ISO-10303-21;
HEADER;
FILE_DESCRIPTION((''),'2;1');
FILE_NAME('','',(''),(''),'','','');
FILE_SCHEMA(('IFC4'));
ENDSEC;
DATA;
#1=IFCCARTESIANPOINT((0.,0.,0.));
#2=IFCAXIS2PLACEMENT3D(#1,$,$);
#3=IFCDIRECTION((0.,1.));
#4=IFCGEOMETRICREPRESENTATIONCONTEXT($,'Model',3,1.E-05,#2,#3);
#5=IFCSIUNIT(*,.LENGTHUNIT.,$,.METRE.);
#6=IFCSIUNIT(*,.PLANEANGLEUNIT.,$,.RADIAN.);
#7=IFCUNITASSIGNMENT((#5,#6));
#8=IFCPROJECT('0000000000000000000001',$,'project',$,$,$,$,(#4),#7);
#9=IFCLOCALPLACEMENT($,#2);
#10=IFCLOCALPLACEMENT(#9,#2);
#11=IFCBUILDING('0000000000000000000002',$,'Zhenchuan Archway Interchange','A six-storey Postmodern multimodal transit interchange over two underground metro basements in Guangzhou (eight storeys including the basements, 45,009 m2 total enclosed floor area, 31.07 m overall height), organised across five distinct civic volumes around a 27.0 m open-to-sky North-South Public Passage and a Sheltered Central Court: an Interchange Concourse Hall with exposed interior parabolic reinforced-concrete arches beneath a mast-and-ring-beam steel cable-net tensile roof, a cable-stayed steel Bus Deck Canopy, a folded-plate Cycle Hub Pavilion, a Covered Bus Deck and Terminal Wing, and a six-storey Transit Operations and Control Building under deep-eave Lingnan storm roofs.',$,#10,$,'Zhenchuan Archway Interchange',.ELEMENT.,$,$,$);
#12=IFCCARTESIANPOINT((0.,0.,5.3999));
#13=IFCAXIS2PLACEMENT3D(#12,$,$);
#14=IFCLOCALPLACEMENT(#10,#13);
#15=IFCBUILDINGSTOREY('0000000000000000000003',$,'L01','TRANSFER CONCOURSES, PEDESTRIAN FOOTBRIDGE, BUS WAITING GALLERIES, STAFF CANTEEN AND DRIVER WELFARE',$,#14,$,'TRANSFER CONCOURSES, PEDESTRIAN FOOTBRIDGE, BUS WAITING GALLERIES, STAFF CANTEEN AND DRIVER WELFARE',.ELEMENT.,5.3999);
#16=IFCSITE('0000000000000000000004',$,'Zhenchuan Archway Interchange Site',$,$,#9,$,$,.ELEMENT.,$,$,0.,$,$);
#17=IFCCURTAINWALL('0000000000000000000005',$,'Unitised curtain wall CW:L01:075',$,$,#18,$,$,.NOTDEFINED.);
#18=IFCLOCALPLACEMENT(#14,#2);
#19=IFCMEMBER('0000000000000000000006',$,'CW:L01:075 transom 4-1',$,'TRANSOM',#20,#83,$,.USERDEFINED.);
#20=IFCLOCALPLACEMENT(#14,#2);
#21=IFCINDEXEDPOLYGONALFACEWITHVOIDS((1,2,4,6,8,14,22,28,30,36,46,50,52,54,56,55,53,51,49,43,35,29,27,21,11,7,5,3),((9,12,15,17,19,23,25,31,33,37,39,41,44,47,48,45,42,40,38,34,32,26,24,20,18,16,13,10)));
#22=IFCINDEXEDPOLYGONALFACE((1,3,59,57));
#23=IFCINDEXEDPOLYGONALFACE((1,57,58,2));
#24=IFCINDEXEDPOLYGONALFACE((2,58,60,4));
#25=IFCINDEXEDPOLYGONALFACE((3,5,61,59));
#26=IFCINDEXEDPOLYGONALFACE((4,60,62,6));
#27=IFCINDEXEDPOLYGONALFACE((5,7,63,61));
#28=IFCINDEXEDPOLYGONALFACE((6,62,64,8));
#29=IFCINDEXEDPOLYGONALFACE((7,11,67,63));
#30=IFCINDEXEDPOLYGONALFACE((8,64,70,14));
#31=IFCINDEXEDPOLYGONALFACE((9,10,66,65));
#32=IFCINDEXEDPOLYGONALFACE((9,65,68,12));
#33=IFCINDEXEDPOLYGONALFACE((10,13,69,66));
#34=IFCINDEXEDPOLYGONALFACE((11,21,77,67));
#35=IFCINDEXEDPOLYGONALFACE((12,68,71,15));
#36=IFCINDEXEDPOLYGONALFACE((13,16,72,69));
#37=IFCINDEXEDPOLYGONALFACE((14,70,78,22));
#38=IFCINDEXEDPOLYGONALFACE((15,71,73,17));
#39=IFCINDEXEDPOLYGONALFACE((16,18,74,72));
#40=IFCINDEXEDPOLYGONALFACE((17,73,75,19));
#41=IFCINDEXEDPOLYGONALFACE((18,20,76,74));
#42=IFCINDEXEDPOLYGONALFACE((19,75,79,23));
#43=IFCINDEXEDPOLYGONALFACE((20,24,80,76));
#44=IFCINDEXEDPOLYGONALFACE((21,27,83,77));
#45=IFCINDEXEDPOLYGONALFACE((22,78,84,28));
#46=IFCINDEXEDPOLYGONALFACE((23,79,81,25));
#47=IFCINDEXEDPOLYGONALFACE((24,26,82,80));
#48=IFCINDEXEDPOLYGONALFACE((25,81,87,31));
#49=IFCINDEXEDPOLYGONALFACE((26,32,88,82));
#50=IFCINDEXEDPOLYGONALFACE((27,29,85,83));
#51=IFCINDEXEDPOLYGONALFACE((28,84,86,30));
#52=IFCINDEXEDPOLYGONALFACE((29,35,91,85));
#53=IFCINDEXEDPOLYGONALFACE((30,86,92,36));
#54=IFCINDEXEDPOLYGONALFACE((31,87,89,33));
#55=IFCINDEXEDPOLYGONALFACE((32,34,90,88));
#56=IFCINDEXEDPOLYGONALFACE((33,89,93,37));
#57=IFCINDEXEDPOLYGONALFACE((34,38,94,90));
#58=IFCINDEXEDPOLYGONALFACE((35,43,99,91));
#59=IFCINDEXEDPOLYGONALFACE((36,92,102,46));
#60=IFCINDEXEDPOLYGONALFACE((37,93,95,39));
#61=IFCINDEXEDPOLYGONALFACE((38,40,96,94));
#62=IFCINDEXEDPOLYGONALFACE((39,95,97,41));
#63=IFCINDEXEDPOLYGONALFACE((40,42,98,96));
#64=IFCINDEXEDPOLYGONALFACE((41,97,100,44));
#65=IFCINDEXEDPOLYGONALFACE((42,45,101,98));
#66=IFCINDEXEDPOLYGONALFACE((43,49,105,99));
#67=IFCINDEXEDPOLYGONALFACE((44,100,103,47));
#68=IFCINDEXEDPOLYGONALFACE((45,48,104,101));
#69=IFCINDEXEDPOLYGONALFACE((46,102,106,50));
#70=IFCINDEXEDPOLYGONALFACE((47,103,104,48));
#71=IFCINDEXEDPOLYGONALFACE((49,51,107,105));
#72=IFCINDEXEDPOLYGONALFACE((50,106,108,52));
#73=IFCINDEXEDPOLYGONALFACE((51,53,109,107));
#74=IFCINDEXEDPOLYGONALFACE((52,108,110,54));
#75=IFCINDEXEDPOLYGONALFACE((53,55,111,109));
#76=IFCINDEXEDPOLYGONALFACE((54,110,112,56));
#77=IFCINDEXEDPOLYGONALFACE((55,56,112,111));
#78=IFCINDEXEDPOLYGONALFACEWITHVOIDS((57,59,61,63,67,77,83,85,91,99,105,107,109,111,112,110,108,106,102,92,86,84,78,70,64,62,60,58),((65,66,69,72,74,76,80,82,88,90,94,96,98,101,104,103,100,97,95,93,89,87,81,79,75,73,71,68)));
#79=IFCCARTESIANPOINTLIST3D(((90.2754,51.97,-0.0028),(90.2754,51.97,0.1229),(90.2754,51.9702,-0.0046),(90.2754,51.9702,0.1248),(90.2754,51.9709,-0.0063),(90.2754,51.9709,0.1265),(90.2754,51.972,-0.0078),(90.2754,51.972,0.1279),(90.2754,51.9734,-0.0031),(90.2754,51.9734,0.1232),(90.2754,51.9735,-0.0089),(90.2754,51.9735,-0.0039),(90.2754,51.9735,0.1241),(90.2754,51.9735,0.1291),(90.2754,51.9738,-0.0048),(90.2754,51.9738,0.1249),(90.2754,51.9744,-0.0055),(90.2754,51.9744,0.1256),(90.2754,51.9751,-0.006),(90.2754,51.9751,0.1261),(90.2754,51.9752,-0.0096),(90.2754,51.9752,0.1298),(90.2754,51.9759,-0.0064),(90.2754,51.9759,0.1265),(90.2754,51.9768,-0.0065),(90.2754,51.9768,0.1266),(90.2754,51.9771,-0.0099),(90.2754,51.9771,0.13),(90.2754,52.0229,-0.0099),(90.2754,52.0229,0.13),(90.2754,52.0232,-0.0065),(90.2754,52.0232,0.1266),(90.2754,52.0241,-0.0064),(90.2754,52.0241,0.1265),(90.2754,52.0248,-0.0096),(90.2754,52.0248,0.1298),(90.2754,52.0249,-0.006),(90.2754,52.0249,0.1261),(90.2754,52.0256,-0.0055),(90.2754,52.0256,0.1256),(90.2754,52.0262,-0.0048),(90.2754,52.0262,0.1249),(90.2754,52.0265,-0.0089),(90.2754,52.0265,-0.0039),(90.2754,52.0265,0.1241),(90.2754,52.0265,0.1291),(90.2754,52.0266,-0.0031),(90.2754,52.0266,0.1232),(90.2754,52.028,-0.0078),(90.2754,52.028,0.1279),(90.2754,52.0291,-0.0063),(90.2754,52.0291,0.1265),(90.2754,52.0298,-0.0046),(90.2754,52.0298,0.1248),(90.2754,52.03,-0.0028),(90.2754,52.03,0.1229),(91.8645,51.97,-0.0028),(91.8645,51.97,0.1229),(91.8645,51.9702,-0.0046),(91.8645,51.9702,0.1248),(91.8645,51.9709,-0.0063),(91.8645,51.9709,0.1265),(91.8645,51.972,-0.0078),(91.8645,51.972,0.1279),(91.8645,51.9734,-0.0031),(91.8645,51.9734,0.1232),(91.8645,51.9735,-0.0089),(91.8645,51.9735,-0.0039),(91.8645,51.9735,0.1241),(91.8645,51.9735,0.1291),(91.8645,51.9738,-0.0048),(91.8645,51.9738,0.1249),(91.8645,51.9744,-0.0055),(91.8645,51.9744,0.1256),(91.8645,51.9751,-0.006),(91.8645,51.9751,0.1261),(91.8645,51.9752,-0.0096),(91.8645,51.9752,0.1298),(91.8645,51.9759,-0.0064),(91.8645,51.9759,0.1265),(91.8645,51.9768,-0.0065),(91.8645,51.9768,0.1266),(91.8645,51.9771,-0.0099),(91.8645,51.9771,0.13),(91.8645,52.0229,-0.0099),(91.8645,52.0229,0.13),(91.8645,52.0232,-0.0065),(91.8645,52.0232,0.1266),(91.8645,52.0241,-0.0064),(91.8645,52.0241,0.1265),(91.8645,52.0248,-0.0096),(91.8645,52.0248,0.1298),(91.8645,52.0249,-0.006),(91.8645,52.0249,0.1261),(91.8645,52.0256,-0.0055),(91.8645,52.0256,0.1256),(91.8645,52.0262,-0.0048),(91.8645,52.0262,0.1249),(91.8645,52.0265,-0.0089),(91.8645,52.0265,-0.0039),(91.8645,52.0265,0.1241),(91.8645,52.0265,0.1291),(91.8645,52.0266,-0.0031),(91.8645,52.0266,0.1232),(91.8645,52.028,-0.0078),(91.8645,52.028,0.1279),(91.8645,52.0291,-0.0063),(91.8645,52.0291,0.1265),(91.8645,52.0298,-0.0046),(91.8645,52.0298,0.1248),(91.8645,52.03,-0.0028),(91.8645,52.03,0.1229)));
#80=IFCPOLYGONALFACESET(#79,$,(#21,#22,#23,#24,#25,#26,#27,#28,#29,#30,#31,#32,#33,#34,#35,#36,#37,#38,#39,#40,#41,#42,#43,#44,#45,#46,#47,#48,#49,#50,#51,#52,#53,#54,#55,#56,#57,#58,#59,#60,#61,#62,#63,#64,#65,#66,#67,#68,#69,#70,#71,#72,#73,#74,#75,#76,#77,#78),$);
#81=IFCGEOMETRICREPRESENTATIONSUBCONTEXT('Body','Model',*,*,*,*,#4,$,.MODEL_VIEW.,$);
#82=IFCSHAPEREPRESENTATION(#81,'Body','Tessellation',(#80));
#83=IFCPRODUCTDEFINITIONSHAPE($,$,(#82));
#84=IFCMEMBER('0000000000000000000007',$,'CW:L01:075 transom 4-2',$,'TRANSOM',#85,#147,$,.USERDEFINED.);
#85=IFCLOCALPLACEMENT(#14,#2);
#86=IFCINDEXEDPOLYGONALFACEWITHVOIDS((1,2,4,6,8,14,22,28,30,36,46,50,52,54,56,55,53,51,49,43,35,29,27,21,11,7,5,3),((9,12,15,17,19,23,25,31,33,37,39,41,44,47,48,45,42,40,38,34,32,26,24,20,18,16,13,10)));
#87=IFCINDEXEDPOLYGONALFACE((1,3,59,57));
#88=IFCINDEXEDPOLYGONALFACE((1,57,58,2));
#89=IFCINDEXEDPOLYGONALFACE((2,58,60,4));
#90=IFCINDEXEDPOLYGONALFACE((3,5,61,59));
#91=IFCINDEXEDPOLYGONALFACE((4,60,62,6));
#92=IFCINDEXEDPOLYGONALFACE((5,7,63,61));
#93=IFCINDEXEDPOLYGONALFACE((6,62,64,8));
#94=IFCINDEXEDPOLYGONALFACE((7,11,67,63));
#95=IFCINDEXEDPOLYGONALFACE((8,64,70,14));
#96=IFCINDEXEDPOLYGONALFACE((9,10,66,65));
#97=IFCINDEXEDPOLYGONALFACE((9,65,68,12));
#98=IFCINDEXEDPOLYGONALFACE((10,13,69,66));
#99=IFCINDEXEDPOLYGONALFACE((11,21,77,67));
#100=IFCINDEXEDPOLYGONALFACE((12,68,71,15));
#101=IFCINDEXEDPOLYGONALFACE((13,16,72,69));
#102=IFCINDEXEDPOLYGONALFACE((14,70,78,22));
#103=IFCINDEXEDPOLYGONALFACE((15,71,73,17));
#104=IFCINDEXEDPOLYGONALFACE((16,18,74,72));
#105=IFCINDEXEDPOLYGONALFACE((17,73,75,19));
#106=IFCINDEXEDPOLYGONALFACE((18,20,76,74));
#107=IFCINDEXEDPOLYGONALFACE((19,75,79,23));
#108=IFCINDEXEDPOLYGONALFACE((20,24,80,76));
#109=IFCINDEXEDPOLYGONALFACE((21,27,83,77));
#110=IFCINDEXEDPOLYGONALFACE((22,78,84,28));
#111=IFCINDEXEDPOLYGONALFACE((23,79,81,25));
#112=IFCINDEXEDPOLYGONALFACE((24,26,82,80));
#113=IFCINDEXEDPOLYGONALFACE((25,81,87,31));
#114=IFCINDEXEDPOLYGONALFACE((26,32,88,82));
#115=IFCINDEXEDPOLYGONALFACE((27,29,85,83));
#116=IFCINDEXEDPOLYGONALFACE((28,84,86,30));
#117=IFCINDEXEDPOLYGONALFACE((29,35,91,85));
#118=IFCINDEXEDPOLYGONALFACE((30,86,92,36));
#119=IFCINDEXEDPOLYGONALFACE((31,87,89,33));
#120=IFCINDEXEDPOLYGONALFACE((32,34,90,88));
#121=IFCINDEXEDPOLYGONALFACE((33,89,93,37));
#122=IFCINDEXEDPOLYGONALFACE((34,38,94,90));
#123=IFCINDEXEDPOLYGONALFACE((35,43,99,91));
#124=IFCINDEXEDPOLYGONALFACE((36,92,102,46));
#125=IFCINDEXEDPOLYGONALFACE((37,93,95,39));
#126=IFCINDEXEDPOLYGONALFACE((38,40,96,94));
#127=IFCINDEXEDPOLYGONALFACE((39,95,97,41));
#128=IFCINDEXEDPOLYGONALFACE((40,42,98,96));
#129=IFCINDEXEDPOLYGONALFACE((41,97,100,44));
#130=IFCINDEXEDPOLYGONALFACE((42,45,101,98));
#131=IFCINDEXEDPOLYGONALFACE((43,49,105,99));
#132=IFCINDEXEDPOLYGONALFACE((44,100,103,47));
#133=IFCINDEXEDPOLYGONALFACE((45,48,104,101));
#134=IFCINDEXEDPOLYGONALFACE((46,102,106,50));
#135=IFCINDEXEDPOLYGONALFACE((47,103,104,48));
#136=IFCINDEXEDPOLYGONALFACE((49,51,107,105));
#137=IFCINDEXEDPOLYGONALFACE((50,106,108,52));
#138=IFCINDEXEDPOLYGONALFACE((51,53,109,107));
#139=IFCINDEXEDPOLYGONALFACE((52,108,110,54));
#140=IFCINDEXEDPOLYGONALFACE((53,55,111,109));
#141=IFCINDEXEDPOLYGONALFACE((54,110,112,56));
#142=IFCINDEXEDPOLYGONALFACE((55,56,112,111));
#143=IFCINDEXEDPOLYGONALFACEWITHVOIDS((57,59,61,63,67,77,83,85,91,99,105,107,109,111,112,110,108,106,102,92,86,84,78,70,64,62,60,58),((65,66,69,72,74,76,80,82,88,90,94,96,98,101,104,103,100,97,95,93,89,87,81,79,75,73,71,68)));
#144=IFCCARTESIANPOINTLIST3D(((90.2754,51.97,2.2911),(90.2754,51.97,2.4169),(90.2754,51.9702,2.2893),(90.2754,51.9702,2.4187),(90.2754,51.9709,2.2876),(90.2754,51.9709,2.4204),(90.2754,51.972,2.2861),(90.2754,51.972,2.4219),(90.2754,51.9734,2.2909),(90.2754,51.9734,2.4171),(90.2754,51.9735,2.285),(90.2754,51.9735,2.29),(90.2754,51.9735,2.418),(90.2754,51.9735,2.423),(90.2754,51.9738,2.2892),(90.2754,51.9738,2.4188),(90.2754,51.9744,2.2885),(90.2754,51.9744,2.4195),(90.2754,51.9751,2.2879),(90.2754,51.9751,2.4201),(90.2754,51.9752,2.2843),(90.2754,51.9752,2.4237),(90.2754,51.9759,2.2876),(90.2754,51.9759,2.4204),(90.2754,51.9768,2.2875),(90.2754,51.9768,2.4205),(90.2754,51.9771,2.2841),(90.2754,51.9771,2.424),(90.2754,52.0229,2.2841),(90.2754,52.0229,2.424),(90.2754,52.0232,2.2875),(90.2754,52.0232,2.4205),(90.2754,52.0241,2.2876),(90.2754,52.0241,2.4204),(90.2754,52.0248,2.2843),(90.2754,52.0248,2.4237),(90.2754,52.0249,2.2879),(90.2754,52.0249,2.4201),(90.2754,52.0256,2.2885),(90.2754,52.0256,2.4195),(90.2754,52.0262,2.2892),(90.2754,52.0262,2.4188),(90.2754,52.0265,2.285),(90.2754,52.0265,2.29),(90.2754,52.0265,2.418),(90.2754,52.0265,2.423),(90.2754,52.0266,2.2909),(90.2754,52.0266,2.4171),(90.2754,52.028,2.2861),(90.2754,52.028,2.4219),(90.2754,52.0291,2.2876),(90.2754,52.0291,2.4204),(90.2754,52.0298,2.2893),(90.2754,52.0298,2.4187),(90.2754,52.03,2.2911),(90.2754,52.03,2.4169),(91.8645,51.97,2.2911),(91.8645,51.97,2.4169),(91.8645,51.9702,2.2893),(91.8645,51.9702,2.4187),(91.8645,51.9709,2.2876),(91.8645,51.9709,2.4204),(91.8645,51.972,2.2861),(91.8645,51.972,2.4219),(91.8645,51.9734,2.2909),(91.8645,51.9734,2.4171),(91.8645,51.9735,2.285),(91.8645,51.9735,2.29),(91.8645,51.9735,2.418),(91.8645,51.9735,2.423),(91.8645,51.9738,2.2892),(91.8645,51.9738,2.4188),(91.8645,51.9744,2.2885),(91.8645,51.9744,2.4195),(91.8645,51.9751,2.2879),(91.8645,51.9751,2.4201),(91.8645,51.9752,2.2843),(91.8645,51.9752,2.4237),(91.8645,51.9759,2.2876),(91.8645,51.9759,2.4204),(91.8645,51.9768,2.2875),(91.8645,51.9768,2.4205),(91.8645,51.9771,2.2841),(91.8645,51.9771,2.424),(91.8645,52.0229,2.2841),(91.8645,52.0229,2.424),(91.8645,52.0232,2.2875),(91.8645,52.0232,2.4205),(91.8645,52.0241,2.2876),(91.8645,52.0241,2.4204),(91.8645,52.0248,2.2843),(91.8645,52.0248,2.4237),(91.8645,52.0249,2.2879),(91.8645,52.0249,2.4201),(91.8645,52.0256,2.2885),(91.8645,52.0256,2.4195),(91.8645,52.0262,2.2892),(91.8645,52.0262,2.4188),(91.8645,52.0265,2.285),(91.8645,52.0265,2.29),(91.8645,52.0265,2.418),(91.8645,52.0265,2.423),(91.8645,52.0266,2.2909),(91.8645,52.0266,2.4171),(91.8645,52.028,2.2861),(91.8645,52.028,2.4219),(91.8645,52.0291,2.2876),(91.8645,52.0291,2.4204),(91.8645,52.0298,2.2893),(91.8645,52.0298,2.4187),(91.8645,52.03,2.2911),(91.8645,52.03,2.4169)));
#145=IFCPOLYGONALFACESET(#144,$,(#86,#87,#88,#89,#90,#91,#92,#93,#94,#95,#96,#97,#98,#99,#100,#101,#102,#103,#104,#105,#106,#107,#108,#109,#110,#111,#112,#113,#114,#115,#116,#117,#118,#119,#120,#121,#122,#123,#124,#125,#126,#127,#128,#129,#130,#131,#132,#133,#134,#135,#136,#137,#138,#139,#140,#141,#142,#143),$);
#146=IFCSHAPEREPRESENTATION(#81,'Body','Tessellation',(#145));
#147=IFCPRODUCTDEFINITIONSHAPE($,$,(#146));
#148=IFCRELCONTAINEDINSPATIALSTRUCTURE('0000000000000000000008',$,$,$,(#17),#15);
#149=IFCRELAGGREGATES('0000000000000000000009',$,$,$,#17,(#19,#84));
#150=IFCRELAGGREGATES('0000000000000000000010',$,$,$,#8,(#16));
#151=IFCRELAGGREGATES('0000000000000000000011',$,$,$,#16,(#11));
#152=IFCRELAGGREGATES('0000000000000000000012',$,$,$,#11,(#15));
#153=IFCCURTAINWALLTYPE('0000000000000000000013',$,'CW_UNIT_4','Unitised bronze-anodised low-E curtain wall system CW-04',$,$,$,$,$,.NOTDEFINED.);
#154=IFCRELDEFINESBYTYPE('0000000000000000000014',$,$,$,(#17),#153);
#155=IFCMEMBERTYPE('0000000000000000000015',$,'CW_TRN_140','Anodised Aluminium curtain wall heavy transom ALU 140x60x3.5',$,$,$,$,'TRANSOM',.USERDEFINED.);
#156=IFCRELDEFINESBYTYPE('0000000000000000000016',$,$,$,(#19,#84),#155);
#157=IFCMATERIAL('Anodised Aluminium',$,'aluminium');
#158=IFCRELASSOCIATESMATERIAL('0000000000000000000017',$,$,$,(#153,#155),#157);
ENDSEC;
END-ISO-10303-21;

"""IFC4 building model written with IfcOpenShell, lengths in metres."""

from ifc_helpers import new_model, si_unit, direction, frame, origin, origin_2d, place, context, subcontext, project, spatial, hollow_rectangle, extrude, material, material_profile, profile_set, type_object, element, aggregate, save


model = new_model("IFC4")

# Units and contexts
model_context = context("Model", 3, precision=1e-05, world=origin(), true_north=direction((0.0, 1.0)))
body_context = subcontext(model_context, "Body", "Model", "MODEL_VIEW")
ifc_project = project(units=[si_unit("LENGTHUNIT", "METRE"), si_unit("PLANEANGLEUNIT", "RADIAN")], contexts=[model_context])

# Site, building, storey
site_placement = place(None, origin())
site = spatial("IfcSite", under=ifc_project, at=site_placement, Name="Zhenchuan Archway Interchange Site", CompositionType="ELEMENT", RefElevation=0.0)
building_placement = place(site_placement, origin())
building = spatial("IfcBuilding", under=site, at=building_placement, Name="Zhenchuan Archway Interchange", Description="A six-storey Postmodern multimodal transit interchange over two underground metro basements in Guangzhou (eight storeys including the basements, 45,009 m2 total enclosed floor area, 31.07 m overall height), organised across five distinct civic volumes around a 27.0 m open-to-sky North-South Public Passage and a Sheltered Central Court: an Interchange Concourse Hall with exposed interior parabolic reinforced-concrete arches beneath a mast-and-ring-beam steel cable-net tensile roof, a cable-stayed steel Bus Deck Canopy, a folded-plate Cycle Hub Pavilion, a Covered Bus Deck and Terminal Wing, and a six-storey Transit Operations and Control Building under deep-eave Lingnan storm roofs.", LongName="Zhenchuan Archway Interchange", CompositionType="ELEMENT")
storey_placement = place(building_placement, frame((0.0, 0.0, 5.3999)))
storey = spatial("IfcBuildingStorey", under=building, at=storey_placement, Name="L01", Description="TRANSFER CONCOURSES, PEDESTRIAN FOOTBRIDGE, BUS WAITING GALLERIES, STAFF CANTEEN AND DRIVER WELFARE", LongName="TRANSFER CONCOURSES, PEDESTRIAN FOOTBRIDGE, BUS WAITING GALLERIES, STAFF CANTEEN AND DRIVER WELFARE", CompositionType="ELEMENT", Elevation=5.3999)

# Curtain wall
ifc_material_1 = material(Name="Anodised Aluminium", Category="aluminium")
curtain_wall_type_1 = type_object("IfcCurtainWallType", Name="CW_UNIT_4", Description="Unitised bronze-anodised low-E curtain wall system CW-04", PredefinedType="NOTDEFINED", material=ifc_material_1)
curtain_wall_1_placement = place(storey_placement, origin())
curtain_wall_1 = element("IfcCurtainWall", 1, at=curtain_wall_1_placement, inside=storey, type_object=curtain_wall_type_1, Name="Unitised curtain wall CW:L01:075", PredefinedType="NOTDEFINED")

# Members
ifc_material_profile_1 = material_profile(ifc_material_1, hollow_rectangle(XDim=0.0601, YDim=0.1399, WallThickness=0.0034, InnerFilletRadius=0.0034, OuterFilletRadius=0.0071, at=origin_2d()), Name="ALU 140x60x3.5")
ifc_profile_set_1 = profile_set([ifc_material_profile_1], Name="Anodised Aluminium")
member_type_1 = type_object("IfcMemberType", Name="CW_TRN_140", Description="Anodised Aluminium curtain wall heavy transom ALU 140x60x3.5", ElementType="TRANSOM", PredefinedType="USERDEFINED", material=ifc_profile_set_1)
member_1_placement = place(storey_placement, frame((91.8645, 52.0, 0.0601), z_axis=(-1.0, 0.0, 0.0), x_axis=(0.0, -1.0, 0.0)))
member_1 = element("IfcMember", 2, at=member_1_placement, type_object=member_type_1, Name="CW:L01:075 transom 4-1", ObjectType="TRANSOM", PredefinedType="USERDEFINED", context=body_context, shape_type="SweptSolid", body=[
    extrude(hollow_rectangle(XDim=0.0601, YDim=0.1399, WallThickness=0.0034, InnerFilletRadius=0.0034, OuterFilletRadius=0.0071, at=origin_2d()), origin(), (0.0, 0.0, 1.0), 1.5891),
])
member_2_placement = place(storey_placement, frame((91.8645, 52.0, 2.354), z_axis=(-1.0, 0.0, 0.0), x_axis=(0.0, -1.0, 0.0)))
member_2 = element("IfcMember", 3, at=member_2_placement, type_object=member_type_1, Name="CW:L01:075 transom 4-2", ObjectType="TRANSOM", PredefinedType="USERDEFINED", context=body_context, shape_type="SweptSolid", body=[
    extrude(hollow_rectangle(XDim=0.0601, YDim=0.1399, WallThickness=0.0034, InnerFilletRadius=0.0034, OuterFilletRadius=0.0071, at=origin_2d()), origin(), (0.0, 0.0, 1.0), 1.5891),
])

aggregate(curtain_wall_1, [member_1, member_2])

save(model, "model.ifc")
